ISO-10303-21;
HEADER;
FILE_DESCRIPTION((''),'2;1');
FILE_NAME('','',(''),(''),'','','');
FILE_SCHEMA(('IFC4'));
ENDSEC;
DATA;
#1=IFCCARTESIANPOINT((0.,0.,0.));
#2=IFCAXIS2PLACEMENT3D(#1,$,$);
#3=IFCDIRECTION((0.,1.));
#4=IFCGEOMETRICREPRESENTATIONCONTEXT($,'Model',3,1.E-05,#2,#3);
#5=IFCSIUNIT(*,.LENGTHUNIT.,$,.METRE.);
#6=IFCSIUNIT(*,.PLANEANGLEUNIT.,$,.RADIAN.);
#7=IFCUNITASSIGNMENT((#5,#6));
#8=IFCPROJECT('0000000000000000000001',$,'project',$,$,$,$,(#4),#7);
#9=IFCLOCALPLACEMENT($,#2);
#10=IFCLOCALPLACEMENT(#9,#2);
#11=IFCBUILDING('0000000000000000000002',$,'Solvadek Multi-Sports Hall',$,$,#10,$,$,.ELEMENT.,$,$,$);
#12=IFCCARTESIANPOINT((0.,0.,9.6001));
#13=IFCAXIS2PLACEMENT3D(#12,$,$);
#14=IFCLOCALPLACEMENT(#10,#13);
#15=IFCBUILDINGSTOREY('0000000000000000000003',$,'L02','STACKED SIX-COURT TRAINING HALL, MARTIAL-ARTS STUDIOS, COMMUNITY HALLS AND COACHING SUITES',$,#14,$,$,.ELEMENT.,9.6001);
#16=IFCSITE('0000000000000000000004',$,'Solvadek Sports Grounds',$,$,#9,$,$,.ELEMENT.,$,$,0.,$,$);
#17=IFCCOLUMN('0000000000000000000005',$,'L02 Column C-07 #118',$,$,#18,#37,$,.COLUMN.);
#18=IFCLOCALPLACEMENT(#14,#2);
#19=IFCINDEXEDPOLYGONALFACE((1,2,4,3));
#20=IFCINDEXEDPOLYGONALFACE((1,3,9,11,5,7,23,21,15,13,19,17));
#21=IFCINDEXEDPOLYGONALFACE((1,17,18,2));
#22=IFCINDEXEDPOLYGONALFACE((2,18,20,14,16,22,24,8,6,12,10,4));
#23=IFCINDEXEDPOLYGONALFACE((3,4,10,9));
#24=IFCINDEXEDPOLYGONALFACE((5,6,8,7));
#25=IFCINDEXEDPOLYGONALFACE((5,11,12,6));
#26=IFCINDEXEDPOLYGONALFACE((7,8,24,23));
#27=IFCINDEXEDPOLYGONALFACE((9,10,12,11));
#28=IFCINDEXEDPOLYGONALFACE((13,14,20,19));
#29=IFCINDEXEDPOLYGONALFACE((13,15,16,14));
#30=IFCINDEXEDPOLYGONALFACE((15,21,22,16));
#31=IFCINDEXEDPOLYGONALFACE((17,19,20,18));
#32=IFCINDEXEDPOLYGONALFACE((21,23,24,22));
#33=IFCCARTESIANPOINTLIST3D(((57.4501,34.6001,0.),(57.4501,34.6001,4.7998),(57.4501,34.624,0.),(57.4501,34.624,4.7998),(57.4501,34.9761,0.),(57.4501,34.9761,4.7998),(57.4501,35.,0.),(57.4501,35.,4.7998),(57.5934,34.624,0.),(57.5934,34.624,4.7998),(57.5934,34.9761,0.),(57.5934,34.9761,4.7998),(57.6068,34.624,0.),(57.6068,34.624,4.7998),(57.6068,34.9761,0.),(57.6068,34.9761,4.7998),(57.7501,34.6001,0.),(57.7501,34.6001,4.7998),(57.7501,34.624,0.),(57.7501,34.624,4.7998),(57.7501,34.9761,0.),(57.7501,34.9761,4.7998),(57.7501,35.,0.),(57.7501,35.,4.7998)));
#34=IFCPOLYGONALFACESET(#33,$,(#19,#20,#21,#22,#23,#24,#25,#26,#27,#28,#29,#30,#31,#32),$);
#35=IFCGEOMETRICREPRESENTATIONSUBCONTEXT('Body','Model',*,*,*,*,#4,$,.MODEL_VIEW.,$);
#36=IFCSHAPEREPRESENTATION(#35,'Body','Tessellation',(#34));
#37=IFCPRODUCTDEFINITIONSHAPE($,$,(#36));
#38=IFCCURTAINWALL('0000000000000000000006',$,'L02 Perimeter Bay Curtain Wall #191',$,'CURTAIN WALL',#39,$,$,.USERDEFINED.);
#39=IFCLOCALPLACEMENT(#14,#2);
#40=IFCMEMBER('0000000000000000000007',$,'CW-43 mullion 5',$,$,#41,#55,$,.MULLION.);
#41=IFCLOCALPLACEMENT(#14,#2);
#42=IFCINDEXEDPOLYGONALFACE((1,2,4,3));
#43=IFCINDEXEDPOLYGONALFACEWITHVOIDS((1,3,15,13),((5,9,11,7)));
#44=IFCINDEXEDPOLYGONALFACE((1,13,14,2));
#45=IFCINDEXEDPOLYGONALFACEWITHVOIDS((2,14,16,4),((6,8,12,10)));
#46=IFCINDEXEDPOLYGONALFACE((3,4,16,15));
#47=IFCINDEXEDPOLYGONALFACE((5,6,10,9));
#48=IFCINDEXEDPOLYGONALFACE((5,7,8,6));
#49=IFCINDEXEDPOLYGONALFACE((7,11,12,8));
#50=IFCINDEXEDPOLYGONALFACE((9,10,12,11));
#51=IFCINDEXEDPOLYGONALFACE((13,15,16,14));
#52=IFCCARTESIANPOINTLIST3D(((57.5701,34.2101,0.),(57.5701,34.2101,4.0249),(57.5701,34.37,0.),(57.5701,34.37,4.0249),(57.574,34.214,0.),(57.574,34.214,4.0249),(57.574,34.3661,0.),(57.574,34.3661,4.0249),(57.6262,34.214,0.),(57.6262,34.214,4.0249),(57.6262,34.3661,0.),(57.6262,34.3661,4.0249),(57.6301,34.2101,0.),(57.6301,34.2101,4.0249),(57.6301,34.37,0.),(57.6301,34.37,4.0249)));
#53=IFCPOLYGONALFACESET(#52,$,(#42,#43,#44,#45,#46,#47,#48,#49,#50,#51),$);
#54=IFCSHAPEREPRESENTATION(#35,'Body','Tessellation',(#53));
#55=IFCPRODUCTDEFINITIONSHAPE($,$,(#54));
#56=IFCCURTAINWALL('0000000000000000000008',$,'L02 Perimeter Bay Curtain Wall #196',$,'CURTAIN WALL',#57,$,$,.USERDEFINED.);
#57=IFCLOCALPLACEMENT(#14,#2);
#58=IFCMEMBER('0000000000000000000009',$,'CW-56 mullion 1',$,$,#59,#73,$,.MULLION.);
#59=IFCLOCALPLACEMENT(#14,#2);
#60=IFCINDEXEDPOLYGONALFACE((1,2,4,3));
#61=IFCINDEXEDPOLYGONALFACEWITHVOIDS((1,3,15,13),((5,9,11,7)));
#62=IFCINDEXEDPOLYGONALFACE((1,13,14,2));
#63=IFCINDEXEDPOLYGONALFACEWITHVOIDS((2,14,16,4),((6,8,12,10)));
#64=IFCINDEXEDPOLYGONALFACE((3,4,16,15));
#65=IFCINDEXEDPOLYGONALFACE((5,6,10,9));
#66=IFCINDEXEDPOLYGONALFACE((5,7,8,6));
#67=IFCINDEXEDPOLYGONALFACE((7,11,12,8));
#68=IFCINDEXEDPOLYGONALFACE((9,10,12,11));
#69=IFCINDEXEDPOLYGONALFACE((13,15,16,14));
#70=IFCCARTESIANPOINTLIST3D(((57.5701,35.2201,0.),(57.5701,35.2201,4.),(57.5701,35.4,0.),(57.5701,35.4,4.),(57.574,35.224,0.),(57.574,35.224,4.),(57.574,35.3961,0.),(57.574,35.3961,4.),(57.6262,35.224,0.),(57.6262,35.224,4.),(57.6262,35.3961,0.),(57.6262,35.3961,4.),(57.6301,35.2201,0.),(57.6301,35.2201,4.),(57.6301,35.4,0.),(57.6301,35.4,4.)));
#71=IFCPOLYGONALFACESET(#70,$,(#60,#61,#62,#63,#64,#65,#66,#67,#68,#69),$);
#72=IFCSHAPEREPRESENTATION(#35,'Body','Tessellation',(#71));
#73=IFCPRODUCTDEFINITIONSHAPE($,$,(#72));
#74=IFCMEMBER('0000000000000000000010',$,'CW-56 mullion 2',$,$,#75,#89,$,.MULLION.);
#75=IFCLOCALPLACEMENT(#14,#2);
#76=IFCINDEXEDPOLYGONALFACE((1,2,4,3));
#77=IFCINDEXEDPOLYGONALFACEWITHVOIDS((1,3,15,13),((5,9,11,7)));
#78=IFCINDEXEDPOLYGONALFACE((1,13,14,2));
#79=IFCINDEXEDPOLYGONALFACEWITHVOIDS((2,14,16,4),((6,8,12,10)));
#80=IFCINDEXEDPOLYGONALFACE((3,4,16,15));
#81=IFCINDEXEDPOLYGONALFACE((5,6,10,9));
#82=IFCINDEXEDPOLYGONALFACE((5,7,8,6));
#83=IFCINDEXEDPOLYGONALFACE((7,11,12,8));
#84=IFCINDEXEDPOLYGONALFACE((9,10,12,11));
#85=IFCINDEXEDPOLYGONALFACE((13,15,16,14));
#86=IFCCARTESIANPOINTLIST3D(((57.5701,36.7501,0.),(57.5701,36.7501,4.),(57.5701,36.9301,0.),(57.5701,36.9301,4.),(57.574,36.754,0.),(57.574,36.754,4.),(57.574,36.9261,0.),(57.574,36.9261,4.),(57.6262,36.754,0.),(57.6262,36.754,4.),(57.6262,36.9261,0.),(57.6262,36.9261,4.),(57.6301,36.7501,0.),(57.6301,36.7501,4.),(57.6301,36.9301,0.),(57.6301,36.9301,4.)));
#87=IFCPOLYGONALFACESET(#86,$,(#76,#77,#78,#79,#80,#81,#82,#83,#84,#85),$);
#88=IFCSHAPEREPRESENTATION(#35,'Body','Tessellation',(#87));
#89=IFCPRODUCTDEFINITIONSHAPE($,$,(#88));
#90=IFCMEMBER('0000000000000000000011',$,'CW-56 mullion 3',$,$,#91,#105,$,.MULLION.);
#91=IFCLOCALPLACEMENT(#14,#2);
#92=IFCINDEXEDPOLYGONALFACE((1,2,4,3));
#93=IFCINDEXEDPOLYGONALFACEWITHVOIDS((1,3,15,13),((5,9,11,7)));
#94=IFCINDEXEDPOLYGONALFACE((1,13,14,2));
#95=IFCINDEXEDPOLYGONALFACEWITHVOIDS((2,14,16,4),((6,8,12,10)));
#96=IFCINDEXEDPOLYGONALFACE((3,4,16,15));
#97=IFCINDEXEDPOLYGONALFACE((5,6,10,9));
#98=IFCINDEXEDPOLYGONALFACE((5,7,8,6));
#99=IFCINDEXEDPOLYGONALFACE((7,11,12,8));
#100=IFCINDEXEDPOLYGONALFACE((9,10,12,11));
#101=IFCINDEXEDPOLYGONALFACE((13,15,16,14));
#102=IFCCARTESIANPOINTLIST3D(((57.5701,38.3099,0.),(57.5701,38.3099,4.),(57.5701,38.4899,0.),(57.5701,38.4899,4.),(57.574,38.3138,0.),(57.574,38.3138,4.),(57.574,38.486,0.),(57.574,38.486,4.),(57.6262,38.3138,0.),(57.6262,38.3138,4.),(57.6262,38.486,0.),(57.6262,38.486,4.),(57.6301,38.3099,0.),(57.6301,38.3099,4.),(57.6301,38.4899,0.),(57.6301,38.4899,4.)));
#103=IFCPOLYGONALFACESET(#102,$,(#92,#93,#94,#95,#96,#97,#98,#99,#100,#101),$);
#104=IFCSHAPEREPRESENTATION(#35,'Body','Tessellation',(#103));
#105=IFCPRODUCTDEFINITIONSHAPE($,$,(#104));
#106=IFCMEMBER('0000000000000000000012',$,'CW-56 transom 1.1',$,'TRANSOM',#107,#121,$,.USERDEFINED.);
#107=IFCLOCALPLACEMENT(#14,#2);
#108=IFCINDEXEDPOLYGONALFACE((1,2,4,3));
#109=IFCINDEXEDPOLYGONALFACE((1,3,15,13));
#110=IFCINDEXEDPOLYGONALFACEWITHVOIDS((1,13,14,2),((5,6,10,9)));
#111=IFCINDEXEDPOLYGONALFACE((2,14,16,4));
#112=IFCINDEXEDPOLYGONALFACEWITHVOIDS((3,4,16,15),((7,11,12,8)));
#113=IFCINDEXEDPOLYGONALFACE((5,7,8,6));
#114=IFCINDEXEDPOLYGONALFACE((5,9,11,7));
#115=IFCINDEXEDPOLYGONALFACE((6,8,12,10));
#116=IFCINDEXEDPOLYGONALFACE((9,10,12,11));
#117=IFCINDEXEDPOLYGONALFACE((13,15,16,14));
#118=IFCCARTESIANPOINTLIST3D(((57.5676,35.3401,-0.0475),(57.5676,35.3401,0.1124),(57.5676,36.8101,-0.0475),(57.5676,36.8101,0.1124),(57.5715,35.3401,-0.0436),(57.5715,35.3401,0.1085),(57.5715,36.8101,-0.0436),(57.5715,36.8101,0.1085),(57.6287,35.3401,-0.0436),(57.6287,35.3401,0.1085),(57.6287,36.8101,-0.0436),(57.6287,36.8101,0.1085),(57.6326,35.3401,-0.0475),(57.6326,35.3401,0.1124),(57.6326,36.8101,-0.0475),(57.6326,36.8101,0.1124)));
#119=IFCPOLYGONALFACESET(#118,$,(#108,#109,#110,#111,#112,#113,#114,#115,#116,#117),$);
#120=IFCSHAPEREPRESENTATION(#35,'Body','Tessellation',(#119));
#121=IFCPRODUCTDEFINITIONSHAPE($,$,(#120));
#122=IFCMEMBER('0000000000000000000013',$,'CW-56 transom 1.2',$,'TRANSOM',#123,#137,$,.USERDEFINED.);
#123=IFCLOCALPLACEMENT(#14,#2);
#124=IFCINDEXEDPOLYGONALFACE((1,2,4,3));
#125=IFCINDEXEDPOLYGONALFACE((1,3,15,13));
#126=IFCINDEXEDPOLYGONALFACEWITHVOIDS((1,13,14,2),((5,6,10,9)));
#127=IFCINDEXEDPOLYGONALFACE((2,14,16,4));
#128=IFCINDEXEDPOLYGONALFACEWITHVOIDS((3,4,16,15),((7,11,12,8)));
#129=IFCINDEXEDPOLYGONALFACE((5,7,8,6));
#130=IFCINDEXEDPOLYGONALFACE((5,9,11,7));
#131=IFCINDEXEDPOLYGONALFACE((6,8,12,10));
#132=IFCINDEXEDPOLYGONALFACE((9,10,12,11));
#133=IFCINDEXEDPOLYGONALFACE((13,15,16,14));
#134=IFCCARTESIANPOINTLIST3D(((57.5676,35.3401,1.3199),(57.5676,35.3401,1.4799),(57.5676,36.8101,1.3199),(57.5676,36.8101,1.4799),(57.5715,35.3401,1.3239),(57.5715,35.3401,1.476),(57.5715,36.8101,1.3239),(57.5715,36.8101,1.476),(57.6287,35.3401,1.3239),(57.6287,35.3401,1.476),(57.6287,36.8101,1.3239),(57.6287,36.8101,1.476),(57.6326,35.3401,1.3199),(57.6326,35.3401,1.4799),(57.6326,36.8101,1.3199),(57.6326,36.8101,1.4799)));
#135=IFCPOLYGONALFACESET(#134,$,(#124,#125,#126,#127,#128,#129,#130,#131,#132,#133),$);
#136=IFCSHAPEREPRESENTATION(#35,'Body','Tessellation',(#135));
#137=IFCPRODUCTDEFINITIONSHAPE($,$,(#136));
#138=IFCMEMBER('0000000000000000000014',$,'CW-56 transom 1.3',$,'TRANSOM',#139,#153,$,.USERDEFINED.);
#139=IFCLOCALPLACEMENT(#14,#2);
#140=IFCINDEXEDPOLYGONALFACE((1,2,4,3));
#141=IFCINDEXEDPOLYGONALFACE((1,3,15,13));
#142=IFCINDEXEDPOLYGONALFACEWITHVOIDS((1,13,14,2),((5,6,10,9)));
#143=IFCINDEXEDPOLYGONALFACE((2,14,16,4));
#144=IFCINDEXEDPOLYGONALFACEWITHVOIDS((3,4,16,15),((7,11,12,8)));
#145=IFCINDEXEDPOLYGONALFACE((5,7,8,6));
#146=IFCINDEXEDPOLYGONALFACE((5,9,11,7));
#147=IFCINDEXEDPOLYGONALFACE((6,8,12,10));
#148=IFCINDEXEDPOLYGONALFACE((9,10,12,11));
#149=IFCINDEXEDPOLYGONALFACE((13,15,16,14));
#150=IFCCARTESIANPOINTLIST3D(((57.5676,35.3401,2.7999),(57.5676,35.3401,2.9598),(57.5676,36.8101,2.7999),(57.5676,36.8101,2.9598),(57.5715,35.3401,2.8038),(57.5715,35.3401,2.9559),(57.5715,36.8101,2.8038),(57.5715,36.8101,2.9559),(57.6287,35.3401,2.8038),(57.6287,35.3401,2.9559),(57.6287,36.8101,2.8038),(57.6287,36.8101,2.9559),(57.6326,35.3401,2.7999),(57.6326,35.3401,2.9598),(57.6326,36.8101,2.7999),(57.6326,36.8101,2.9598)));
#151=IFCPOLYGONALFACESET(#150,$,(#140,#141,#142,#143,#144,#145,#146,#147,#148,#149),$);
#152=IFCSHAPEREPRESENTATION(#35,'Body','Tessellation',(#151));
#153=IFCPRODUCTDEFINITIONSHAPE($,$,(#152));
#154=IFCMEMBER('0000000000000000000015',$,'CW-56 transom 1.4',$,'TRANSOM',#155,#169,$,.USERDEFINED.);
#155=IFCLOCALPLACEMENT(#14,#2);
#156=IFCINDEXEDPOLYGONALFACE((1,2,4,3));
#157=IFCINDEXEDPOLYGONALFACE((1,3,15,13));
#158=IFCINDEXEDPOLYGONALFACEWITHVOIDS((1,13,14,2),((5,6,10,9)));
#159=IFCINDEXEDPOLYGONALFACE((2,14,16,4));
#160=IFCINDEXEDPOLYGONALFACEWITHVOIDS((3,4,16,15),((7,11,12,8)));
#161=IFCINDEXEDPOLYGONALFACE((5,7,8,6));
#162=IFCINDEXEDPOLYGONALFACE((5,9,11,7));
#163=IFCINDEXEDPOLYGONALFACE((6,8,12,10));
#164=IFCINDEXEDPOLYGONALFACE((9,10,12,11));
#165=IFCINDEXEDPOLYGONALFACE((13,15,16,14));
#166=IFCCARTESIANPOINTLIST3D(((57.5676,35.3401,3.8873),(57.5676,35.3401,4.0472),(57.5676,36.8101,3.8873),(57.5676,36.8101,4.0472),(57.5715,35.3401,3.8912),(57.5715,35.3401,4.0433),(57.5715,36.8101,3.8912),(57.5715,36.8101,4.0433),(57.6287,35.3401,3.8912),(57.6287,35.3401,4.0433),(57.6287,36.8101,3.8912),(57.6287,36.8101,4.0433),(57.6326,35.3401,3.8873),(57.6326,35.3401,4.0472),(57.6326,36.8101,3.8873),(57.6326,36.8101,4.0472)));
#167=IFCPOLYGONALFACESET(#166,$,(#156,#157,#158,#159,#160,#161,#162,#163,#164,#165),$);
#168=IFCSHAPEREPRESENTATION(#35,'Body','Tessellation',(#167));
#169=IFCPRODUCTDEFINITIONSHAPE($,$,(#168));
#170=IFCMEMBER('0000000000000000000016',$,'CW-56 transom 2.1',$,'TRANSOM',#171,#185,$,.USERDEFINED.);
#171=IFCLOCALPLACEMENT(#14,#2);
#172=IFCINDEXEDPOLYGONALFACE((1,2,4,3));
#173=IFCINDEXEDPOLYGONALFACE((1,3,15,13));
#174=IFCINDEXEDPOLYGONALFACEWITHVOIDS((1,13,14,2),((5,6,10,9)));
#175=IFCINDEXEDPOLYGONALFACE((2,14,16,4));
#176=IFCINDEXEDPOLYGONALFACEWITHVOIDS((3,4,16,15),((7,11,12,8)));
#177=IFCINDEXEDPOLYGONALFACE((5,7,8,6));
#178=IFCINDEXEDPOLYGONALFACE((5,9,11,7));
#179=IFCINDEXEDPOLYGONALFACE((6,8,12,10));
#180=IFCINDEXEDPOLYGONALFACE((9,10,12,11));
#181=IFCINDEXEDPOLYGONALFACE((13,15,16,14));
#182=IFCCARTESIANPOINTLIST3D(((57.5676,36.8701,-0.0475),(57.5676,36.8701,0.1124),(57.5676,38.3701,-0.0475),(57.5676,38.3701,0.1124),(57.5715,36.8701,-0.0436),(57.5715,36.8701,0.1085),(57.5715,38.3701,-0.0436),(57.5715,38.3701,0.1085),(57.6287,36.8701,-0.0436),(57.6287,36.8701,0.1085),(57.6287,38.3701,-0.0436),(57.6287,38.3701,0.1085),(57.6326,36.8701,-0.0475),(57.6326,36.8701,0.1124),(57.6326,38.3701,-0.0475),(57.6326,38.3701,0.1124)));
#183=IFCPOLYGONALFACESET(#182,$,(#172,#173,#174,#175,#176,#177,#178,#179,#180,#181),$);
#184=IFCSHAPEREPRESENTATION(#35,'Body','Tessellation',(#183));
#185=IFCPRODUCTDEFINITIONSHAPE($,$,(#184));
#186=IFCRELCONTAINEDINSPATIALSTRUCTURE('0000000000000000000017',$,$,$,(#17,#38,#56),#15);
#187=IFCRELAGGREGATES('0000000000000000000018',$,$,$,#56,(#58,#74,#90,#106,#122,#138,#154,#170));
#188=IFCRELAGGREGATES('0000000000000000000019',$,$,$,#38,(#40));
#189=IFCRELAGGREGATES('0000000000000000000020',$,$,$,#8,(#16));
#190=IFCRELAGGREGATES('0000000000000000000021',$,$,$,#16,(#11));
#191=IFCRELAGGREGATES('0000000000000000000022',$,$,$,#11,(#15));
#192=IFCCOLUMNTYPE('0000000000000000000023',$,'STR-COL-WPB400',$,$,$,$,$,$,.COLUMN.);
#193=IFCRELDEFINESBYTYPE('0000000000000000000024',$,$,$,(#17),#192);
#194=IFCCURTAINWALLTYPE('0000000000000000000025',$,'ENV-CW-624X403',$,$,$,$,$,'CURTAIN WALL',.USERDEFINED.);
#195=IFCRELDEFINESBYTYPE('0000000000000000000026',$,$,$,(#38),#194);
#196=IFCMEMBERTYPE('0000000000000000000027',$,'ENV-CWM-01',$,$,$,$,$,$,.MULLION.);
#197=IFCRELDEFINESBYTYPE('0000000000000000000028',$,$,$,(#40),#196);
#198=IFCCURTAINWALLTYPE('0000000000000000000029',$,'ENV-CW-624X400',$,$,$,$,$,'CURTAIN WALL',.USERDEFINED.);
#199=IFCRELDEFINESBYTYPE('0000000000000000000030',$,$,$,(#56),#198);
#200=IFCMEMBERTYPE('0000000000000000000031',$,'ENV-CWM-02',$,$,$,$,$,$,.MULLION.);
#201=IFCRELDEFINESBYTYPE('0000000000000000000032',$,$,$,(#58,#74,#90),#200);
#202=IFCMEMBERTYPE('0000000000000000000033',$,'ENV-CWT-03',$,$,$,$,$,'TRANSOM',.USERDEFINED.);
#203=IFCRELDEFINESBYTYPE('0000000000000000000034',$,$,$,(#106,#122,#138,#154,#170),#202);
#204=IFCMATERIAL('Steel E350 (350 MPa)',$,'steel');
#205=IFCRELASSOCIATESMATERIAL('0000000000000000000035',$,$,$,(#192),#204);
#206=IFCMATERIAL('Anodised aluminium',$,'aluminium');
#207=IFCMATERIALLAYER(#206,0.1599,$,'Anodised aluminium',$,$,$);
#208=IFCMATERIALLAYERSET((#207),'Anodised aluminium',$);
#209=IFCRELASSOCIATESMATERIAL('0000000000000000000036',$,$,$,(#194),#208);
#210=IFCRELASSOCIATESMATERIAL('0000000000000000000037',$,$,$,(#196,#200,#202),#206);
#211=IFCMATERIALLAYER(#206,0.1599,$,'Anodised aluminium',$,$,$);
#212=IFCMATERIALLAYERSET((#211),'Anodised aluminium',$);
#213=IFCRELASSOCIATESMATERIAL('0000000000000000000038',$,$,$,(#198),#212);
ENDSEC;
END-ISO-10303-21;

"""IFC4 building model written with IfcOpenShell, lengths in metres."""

from ifc_helpers import new_model, si_unit, direction, frame, origin, origin_2d, place, context, subcontext, project, spatial, hollow_rectangle, i_section, extrude, material, layer, layer_set, material_profile, profile_set, type_object, element, aggregate, save


model = new_model("IFC4")

# Units and contexts
model_context = context("Model", 3, precision=1e-05, world=origin(), true_north=direction((0.0, 1.0)))
body_context = subcontext(model_context, "Body", "Model", "MODEL_VIEW")
ifc_project = project(units=[si_unit("LENGTHUNIT", "METRE"), si_unit("PLANEANGLEUNIT", "RADIAN")], contexts=[model_context])

# Site, building, storey
site_placement = place(None, origin())
site = spatial("IfcSite", under=ifc_project, at=site_placement, Name="Solvadek Sports Grounds", CompositionType="ELEMENT", RefElevation=0.0)
building_placement = place(site_placement, origin())
building = spatial("IfcBuilding", under=site, at=building_placement, Name="Solvadek Multi-Sports Hall", CompositionType="ELEMENT")
storey_placement = place(building_placement, frame((0.0, 0.0, 9.6001)))
storey = spatial("IfcBuildingStorey", under=building, at=storey_placement, Name="L02", Description="STACKED SIX-COURT TRAINING HALL, MARTIAL-ARTS STUDIOS, COMMUNITY HALLS AND COACHING SUITES", CompositionType="ELEMENT", Elevation=9.6001)

# Column
ifc_material_1 = material(Name="Steel E350 (350 MPa)", Category="steel")
ifc_material_profile_1 = material_profile(ifc_material_1, i_section(OverallWidth=0.3, OverallDepth=0.3999, WebThickness=0.0134, FlangeThickness=0.0239, at=origin_2d()), Name="WPB 400")
ifc_profile_set_1 = profile_set([ifc_material_profile_1], Name="Steel E350 (350 MPa)")
column_type = type_object("IfcColumnType", Name="STR-COL-WPB400", PredefinedType="COLUMN", material=ifc_profile_set_1)
column_placement = place(storey_placement, frame((57.6001, 34.8, 0.0), z_axis=(0.0, 0.0, 1.0), x_axis=(1.0, 0.0, 0.0)))
element("IfcColumn", 1, at=column_placement, inside=storey, type_object=column_type, Name="L02 Column C-07 #118", PredefinedType="COLUMN", context=body_context, shape_type="SweptSolid", body=[
    extrude(i_section(OverallWidth=0.3, OverallDepth=0.3999, WebThickness=0.0134, FlangeThickness=0.0239, at=origin_2d()), origin(), (0.0, 0.0, 1.0), 4.7998),
])

# Curtain wall, member
ifc_material_2 = material(Name="Anodised aluminium", Category="aluminium")
ifc_layer_1 = layer(ifc_material_2, 0.1599, Name="Anodised aluminium")
ifc_layer_set_1 = layer_set([ifc_layer_1], Name="Anodised aluminium")
curtain_wall_type_1 = type_object("IfcCurtainWallType", Name="ENV-CW-624X403", ElementType="CURTAIN WALL", PredefinedType="USERDEFINED", material=ifc_layer_set_1)
curtain_wall_1_placement = place(storey_placement, origin())
curtain_wall_1 = element("IfcCurtainWall", 2, at=curtain_wall_1_placement, inside=storey, type_object=curtain_wall_type_1, Name="L02 Perimeter Bay Curtain Wall #191", ObjectType="CURTAIN WALL", PredefinedType="USERDEFINED")
ifc_material_profile_2 = material_profile(ifc_material_2, hollow_rectangle(XDim=0.0601, YDim=0.1599, WallThickness=0.0039, at=origin_2d()), Name="ALU-M 160x60x4")
ifc_profile_set_2 = profile_set([ifc_material_profile_2], Name="Anodised aluminium")
member_type_1 = type_object("IfcMemberType", Name="ENV-CWM-01", PredefinedType="MULLION", material=ifc_profile_set_2)
member_1_placement = place(storey_placement, frame((57.6001, 34.29, 0.0), z_axis=(0.0, 0.0, 1.0), x_axis=(-1.0, 0.0, 0.0)))
member_1 = element("IfcMember", 3, at=member_1_placement, type_object=member_type_1, Name="CW-43 mullion 5", PredefinedType="MULLION", context=body_context, shape_type="SweptSolid", body=[
    extrude(hollow_rectangle(XDim=0.0601, YDim=0.1599, WallThickness=0.0039, at=origin_2d()), origin(), (0.0, 0.0, 1.0), 4.0249),
])

# Curtain wall, members
ifc_layer_2 = layer(ifc_material_2, 0.1599, Name="Anodised aluminium")
ifc_layer_set_2 = layer_set([ifc_layer_2], Name="Anodised aluminium")
curtain_wall_type_2 = type_object("IfcCurtainWallType", Name="ENV-CW-624X400", ElementType="CURTAIN WALL", PredefinedType="USERDEFINED", material=ifc_layer_set_2)
curtain_wall_2_placement = place(storey_placement, origin())
curtain_wall_2 = element("IfcCurtainWall", 4, at=curtain_wall_2_placement, inside=storey, type_object=curtain_wall_type_2, Name="L02 Perimeter Bay Curtain Wall #196", ObjectType="CURTAIN WALL", PredefinedType="USERDEFINED")
ifc_material_profile_3 = material_profile(ifc_material_2, hollow_rectangle(XDim=0.0601, YDim=0.1799, WallThickness=0.0039, at=origin_2d()), Name="ALU-M 180x60x4")
ifc_profile_set_3 = profile_set([ifc_material_profile_3], Name="Anodised aluminium")
member_type_2 = type_object("IfcMemberType", Name="ENV-CWM-02", PredefinedType="MULLION", material=ifc_profile_set_3)
member_2_placement = place(storey_placement, frame((57.6001, 35.3101, 0.0), z_axis=(0.0, 0.0, 1.0), x_axis=(-1.0, 0.0, 0.0)))
member_2 = element("IfcMember", 5, at=member_2_placement, type_object=member_type_2, Name="CW-56 mullion 1", PredefinedType="MULLION", context=body_context, shape_type="SweptSolid", body=[
    extrude(hollow_rectangle(XDim=0.0601, YDim=0.1799, WallThickness=0.0039, at=origin_2d()), origin(), (0.0, 0.0, 1.0), 4.0),
])
member_3_placement = place(storey_placement, frame((57.6001, 36.8401, 0.0), z_axis=(0.0, 0.0, 1.0), x_axis=(-1.0, 0.0, 0.0)))
member_3 = element("IfcMember", 6, at=member_3_placement, type_object=member_type_2, Name="CW-56 mullion 2", PredefinedType="MULLION", context=body_context, shape_type="SweptSolid", body=[
    extrude(hollow_rectangle(XDim=0.0601, YDim=0.1799, WallThickness=0.0039, at=origin_2d()), origin(), (0.0, 0.0, 1.0), 4.0),
])
member_4_placement = place(storey_placement, frame((57.6001, 38.3999, 0.0), z_axis=(0.0, 0.0, 1.0), x_axis=(-1.0, 0.0, 0.0)))
member_4 = element("IfcMember", 7, at=member_4_placement, type_object=member_type_2, Name="CW-56 mullion 3", PredefinedType="MULLION", context=body_context, shape_type="SweptSolid", body=[
    extrude(hollow_rectangle(XDim=0.0601, YDim=0.1799, WallThickness=0.0039, at=origin_2d()), origin(), (0.0, 0.0, 1.0), 4.0),
])
ifc_material_profile_4 = material_profile(ifc_material_2, hollow_rectangle(XDim=0.0649, YDim=0.1599, WallThickness=0.0039, at=origin_2d()), Name="ALU-T 160x65x4")
ifc_profile_set_4 = profile_set([ifc_material_profile_4], Name="Anodised aluminium")
member_type_3 = type_object("IfcMemberType", Name="ENV-CWT-03", ElementType="TRANSOM", PredefinedType="USERDEFINED", material=ifc_profile_set_4)
member_5_placement = place(storey_placement, frame((57.6001, 35.3401, 0.0325), z_axis=(0.0, 1.0, 0.0), x_axis=(-1.0, 0.0, 0.0)))
member_5 = element("IfcMember", 8, at=member_5_placement, type_object=member_type_3, Name="CW-56 transom 1.1", ObjectType="TRANSOM", PredefinedType="USERDEFINED", context=body_context, shape_type="SweptSolid", body=[
    extrude(hollow_rectangle(XDim=0.0649, YDim=0.1599, WallThickness=0.0039, at=origin_2d()), origin(), (0.0, 0.0, 1.0), 1.47),
])
member_6_placement = place(storey_placement, frame((57.6001, 35.3401, 1.3999), z_axis=(0.0, 1.0, 0.0), x_axis=(-1.0, 0.0, 0.0)))
member_6 = element("IfcMember", 9, at=member_6_placement, type_object=member_type_3, Name="CW-56 transom 1.2", ObjectType="TRANSOM", PredefinedType="USERDEFINED", context=body_context, shape_type="SweptSolid", body=[
    extrude(hollow_rectangle(XDim=0.0649, YDim=0.1599, WallThickness=0.0039, at=origin_2d()), origin(), (0.0, 0.0, 1.0), 1.47),
])
member_7_placement = place(storey_placement, frame((57.6001, 35.3401, 2.8799), z_axis=(0.0, 1.0, 0.0), x_axis=(-1.0, 0.0, 0.0)))
member_7 = element("IfcMember", 10, at=member_7_placement, type_object=member_type_3, Name="CW-56 transom 1.3", ObjectType="TRANSOM", PredefinedType="USERDEFINED", context=body_context, shape_type="SweptSolid", body=[
    extrude(hollow_rectangle(XDim=0.0649, YDim=0.1599, WallThickness=0.0039, at=origin_2d()), origin(), (0.0, 0.0, 1.0), 1.47),
])
member_8_placement = place(storey_placement, frame((57.6001, 35.3401, 3.9673), z_axis=(0.0, 1.0, 0.0), x_axis=(-1.0, 0.0, 0.0)))
member_8 = element("IfcMember", 11, at=member_8_placement, type_object=member_type_3, Name="CW-56 transom 1.4", ObjectType="TRANSOM", PredefinedType="USERDEFINED", context=body_context, shape_type="SweptSolid", body=[
    extrude(hollow_rectangle(XDim=0.0649, YDim=0.1599, WallThickness=0.0039, at=origin_2d()), origin(), (0.0, 0.0, 1.0), 1.47),
])
member_9_placement = place(storey_placement, frame((57.6001, 36.8701, 0.0325), z_axis=(0.0, 1.0, 0.0), x_axis=(-1.0, 0.0, 0.0)))
member_9 = element("IfcMember", 12, at=member_9_placement, type_object=member_type_3, Name="CW-56 transom 2.1", ObjectType="TRANSOM", PredefinedType="USERDEFINED", context=body_context, shape_type="SweptSolid", body=[
    extrude(hollow_rectangle(XDim=0.0649, YDim=0.1599, WallThickness=0.0039, at=origin_2d()), origin(), (0.0, 0.0, 1.0), 1.5),
])

aggregate(curtain_wall_2, [member_2, member_3, member_4, member_5, member_6, member_7, member_8, member_9])
aggregate(curtain_wall_1, [member_1])

save(model, "model.ifc")
